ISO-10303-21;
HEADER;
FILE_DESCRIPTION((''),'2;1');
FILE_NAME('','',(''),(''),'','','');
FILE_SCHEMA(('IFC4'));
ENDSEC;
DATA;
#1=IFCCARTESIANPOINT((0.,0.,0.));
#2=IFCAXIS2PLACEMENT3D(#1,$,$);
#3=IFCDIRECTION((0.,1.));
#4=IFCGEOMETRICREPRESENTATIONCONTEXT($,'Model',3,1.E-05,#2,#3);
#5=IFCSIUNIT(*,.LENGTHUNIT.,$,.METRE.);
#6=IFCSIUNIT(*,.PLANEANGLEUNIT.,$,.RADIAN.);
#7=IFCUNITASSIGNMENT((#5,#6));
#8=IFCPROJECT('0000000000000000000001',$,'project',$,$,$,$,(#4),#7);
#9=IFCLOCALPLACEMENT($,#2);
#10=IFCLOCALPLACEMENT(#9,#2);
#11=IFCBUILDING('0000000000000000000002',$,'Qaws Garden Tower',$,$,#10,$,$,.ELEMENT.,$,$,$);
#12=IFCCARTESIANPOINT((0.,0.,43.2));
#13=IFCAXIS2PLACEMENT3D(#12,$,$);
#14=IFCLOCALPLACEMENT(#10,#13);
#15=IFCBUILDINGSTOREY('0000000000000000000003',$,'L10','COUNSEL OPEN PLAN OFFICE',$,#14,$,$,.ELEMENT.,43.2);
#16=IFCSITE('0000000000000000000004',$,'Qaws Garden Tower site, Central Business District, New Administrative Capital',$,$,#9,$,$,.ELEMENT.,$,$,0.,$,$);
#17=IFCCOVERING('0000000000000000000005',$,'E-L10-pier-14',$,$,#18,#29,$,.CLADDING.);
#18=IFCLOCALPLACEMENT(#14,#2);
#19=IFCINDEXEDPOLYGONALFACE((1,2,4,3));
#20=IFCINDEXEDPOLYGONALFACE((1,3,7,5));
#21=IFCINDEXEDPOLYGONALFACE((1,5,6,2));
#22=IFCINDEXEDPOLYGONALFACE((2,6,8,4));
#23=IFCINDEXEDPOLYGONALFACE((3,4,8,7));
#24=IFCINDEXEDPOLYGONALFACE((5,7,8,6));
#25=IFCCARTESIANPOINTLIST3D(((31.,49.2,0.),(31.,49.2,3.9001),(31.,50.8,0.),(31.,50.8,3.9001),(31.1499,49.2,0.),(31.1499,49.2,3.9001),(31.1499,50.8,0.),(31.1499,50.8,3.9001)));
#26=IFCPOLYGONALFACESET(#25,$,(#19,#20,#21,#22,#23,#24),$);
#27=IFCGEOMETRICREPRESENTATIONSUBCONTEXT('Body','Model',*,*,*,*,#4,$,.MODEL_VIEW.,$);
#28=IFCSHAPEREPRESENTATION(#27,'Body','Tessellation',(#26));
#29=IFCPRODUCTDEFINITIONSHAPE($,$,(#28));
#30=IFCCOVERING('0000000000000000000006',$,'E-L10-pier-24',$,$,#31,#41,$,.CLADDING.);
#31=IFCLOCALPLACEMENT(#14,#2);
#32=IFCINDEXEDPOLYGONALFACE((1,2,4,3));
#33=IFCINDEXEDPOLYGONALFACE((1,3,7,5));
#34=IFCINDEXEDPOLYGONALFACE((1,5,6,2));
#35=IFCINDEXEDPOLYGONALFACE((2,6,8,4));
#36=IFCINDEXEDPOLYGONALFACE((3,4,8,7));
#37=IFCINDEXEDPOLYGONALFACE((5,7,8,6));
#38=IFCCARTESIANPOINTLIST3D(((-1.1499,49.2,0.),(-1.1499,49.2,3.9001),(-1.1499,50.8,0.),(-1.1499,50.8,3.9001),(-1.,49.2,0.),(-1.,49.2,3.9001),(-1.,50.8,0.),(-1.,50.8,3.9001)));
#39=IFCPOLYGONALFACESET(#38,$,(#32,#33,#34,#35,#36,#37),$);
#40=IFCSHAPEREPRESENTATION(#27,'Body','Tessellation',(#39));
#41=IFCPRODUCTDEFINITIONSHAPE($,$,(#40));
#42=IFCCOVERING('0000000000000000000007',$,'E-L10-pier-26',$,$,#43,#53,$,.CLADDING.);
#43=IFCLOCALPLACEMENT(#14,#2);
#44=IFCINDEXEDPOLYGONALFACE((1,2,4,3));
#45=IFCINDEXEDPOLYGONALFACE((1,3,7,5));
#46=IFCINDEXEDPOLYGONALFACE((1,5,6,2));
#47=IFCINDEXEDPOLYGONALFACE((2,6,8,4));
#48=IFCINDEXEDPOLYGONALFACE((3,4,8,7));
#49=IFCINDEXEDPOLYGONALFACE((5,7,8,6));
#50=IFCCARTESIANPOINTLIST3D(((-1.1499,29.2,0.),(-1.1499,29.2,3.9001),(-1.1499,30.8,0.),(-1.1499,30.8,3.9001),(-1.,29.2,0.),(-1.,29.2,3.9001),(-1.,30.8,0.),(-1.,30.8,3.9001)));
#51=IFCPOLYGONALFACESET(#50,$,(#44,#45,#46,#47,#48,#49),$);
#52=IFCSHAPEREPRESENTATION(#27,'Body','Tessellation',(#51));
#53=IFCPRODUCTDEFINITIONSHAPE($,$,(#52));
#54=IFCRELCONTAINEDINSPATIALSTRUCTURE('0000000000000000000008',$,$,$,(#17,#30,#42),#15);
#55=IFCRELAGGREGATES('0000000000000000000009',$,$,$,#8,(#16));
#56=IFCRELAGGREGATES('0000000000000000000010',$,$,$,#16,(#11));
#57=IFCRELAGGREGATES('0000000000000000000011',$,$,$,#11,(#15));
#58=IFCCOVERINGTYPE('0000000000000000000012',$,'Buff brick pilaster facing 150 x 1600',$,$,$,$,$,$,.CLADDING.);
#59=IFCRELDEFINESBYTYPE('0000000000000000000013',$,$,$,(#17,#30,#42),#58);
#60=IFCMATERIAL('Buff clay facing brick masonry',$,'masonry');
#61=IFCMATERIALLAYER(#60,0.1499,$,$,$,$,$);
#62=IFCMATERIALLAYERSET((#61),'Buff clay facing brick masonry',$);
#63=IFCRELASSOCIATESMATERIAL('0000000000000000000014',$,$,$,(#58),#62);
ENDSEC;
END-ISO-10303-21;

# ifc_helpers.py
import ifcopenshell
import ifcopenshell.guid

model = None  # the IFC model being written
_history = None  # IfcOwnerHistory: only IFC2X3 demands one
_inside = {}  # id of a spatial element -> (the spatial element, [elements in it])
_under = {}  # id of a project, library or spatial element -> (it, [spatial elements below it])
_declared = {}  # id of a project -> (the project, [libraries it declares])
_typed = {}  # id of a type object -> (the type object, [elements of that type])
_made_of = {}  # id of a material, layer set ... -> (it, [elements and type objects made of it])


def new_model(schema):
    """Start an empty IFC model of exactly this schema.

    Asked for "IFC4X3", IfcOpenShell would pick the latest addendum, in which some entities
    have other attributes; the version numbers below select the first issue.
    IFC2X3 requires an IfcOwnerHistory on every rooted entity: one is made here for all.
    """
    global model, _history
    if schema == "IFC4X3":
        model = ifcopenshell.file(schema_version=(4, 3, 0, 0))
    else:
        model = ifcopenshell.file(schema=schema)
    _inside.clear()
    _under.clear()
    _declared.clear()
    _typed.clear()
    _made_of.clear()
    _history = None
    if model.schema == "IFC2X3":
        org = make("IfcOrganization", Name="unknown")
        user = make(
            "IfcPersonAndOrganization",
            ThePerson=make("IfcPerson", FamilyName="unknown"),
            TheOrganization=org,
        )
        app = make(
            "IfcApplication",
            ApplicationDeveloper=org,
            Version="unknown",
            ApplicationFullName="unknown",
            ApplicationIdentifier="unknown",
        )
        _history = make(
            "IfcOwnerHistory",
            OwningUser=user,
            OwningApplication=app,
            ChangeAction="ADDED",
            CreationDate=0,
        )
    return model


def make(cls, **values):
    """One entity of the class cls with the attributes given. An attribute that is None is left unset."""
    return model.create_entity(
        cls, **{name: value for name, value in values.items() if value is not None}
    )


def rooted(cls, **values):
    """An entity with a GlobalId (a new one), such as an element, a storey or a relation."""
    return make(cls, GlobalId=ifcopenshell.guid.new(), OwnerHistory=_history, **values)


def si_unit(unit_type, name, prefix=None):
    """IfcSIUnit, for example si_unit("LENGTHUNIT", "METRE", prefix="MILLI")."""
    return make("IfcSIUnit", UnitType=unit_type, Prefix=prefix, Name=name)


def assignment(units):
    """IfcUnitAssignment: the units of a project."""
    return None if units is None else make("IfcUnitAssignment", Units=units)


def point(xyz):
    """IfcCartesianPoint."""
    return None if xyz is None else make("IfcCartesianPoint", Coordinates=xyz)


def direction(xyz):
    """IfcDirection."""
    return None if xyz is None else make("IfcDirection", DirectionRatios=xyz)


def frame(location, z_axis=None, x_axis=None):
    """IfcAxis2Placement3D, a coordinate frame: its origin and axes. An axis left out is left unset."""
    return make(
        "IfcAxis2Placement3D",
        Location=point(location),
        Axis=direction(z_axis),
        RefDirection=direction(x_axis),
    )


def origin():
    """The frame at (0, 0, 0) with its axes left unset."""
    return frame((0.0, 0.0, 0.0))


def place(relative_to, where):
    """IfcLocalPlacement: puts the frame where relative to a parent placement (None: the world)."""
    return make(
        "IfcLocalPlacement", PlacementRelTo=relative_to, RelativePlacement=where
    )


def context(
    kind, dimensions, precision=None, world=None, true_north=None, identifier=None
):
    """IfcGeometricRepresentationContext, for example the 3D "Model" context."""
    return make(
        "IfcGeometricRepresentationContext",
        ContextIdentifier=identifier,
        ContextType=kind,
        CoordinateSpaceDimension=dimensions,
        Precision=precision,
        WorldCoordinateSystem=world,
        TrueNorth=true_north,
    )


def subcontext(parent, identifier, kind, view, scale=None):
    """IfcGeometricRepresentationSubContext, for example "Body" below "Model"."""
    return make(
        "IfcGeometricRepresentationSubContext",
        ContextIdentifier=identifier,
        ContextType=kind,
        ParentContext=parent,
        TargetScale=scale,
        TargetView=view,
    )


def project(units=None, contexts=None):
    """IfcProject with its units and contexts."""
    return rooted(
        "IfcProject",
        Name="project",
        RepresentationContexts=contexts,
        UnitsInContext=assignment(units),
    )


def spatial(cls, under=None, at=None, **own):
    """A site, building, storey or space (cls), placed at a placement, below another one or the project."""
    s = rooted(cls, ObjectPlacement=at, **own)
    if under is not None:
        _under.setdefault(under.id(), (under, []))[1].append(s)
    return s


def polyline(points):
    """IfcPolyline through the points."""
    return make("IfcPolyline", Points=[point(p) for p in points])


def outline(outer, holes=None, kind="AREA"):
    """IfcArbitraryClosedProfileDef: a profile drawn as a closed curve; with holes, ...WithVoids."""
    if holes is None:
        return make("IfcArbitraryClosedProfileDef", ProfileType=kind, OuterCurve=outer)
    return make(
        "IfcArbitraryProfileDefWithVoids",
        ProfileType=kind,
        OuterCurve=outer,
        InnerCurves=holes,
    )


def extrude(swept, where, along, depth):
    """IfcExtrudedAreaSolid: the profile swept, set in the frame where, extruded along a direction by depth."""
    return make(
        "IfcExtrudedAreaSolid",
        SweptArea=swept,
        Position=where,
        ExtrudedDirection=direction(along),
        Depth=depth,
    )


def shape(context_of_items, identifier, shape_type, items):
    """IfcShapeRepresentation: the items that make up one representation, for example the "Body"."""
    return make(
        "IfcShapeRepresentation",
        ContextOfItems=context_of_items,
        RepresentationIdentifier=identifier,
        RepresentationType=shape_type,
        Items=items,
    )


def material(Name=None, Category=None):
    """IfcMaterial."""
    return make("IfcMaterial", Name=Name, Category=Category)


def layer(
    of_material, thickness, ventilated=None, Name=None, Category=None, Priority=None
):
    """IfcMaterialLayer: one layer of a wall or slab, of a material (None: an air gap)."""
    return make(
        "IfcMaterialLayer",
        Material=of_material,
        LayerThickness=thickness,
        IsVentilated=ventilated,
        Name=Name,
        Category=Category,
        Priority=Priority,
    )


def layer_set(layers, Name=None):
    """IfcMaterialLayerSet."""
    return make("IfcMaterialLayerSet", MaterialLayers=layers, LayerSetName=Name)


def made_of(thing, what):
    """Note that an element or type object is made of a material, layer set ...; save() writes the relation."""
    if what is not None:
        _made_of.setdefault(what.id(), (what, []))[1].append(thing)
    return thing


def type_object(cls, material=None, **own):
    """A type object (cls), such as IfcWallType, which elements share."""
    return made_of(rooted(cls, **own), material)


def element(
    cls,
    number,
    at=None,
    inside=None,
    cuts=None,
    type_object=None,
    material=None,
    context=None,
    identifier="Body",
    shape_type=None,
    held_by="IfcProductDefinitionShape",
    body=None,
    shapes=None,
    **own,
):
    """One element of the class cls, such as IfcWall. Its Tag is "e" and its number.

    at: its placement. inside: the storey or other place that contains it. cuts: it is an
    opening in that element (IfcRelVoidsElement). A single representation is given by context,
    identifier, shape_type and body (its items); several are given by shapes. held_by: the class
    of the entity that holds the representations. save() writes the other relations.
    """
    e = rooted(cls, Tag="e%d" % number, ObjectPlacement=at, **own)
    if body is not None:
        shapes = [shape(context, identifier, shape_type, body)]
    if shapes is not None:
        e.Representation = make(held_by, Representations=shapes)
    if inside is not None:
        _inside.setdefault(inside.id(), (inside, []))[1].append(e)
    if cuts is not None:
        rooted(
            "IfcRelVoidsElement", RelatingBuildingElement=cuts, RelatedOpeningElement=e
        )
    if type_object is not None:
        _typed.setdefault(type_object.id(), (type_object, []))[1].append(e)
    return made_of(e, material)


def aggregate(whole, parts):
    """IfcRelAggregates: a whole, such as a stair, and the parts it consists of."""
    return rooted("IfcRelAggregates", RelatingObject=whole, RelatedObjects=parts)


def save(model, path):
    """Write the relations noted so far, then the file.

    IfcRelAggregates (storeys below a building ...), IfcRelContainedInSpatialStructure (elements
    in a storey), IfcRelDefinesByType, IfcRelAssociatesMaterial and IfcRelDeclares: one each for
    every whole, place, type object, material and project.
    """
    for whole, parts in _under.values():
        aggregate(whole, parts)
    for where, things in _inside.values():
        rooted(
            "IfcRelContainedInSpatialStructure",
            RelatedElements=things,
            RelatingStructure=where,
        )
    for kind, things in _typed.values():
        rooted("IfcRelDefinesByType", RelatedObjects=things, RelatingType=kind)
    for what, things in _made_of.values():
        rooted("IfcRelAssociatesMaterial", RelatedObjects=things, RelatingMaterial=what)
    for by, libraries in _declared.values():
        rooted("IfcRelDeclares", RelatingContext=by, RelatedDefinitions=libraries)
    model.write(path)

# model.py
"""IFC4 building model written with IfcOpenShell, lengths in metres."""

from ifc_helpers import new_model, si_unit, direction, frame, origin, place, context, subcontext, project, spatial, polyline, outline, extrude, material, layer, layer_set, type_object, element, save


model = new_model("IFC4")

# Units and contexts
model_context = context("Model", 3, precision=1e-05, world=origin(), true_north=direction((0.0, 1.0)))
body_context = subcontext(model_context, "Body", "Model", "MODEL_VIEW")
ifc_project = project(units=[si_unit("LENGTHUNIT", "METRE"), si_unit("PLANEANGLEUNIT", "RADIAN")], contexts=[model_context])

# Site, building, storey
site_placement = place(None, origin())
site = spatial("IfcSite", under=ifc_project, at=site_placement, Name="Qaws Garden Tower site, Central Business District, New Administrative Capital", CompositionType="ELEMENT", RefElevation=0.0)
building_placement = place(site_placement, origin())
building = spatial("IfcBuilding", under=site, at=building_placement, Name="Qaws Garden Tower", CompositionType="ELEMENT")
storey_placement = place(building_placement, frame((0.0, 0.0, 43.2)))
storey = spatial("IfcBuildingStorey", under=building, at=storey_placement, Name="L10", Description="COUNSEL OPEN PLAN OFFICE", CompositionType="ELEMENT", Elevation=43.2)

# Shared definitions
placement = place(storey_placement, origin())

# Coverings
ifc_material_1 = material(Name="Buff clay facing brick masonry", Category="masonry")
ifc_layer_1 = layer(ifc_material_1, 0.1499)
ifc_layer_set_1 = layer_set([ifc_layer_1], Name="Buff clay facing brick masonry")
covering_type = type_object("IfcCoveringType", Name="Buff brick pilaster facing 150 x 1600", PredefinedType="CLADDING", material=ifc_layer_set_1)
element("IfcCovering", 1, at=placement, inside=storey, type_object=covering_type, Name="E-L10-pier-14", PredefinedType="CLADDING", context=body_context, shape_type="SweptSolid", body=[
    extrude(outline(polyline([(31.0, 49.2), (31.0, 50.8), (31.1499, 50.8), (31.1499, 49.2), (31.0, 49.2)])), origin(), (0.0, 0.0, 1.0), 3.9001),
])
element("IfcCovering", 2, at=placement, inside=storey, type_object=covering_type, Name="E-L10-pier-24", PredefinedType="CLADDING", context=body_context, shape_type="SweptSolid", body=[
    extrude(outline(polyline([(-1.0, 50.8), (-1.0, 49.2), (-1.1499, 49.2), (-1.1499, 50.8), (-1.0, 50.8)])), origin(), (0.0, 0.0, 1.0), 3.9001),
])
element("IfcCovering", 3, at=placement, inside=storey, type_object=covering_type, Name="E-L10-pier-26", PredefinedType="CLADDING", context=body_context, shape_type="SweptSolid", body=[
    extrude(outline(polyline([(-1.0, 30.8), (-1.0, 29.2), (-1.1499, 29.2), (-1.1499, 30.8), (-1.0, 30.8)])), origin(), (0.0, 0.0, 1.0), 3.9001),
])

save(model, "model.ifc")
